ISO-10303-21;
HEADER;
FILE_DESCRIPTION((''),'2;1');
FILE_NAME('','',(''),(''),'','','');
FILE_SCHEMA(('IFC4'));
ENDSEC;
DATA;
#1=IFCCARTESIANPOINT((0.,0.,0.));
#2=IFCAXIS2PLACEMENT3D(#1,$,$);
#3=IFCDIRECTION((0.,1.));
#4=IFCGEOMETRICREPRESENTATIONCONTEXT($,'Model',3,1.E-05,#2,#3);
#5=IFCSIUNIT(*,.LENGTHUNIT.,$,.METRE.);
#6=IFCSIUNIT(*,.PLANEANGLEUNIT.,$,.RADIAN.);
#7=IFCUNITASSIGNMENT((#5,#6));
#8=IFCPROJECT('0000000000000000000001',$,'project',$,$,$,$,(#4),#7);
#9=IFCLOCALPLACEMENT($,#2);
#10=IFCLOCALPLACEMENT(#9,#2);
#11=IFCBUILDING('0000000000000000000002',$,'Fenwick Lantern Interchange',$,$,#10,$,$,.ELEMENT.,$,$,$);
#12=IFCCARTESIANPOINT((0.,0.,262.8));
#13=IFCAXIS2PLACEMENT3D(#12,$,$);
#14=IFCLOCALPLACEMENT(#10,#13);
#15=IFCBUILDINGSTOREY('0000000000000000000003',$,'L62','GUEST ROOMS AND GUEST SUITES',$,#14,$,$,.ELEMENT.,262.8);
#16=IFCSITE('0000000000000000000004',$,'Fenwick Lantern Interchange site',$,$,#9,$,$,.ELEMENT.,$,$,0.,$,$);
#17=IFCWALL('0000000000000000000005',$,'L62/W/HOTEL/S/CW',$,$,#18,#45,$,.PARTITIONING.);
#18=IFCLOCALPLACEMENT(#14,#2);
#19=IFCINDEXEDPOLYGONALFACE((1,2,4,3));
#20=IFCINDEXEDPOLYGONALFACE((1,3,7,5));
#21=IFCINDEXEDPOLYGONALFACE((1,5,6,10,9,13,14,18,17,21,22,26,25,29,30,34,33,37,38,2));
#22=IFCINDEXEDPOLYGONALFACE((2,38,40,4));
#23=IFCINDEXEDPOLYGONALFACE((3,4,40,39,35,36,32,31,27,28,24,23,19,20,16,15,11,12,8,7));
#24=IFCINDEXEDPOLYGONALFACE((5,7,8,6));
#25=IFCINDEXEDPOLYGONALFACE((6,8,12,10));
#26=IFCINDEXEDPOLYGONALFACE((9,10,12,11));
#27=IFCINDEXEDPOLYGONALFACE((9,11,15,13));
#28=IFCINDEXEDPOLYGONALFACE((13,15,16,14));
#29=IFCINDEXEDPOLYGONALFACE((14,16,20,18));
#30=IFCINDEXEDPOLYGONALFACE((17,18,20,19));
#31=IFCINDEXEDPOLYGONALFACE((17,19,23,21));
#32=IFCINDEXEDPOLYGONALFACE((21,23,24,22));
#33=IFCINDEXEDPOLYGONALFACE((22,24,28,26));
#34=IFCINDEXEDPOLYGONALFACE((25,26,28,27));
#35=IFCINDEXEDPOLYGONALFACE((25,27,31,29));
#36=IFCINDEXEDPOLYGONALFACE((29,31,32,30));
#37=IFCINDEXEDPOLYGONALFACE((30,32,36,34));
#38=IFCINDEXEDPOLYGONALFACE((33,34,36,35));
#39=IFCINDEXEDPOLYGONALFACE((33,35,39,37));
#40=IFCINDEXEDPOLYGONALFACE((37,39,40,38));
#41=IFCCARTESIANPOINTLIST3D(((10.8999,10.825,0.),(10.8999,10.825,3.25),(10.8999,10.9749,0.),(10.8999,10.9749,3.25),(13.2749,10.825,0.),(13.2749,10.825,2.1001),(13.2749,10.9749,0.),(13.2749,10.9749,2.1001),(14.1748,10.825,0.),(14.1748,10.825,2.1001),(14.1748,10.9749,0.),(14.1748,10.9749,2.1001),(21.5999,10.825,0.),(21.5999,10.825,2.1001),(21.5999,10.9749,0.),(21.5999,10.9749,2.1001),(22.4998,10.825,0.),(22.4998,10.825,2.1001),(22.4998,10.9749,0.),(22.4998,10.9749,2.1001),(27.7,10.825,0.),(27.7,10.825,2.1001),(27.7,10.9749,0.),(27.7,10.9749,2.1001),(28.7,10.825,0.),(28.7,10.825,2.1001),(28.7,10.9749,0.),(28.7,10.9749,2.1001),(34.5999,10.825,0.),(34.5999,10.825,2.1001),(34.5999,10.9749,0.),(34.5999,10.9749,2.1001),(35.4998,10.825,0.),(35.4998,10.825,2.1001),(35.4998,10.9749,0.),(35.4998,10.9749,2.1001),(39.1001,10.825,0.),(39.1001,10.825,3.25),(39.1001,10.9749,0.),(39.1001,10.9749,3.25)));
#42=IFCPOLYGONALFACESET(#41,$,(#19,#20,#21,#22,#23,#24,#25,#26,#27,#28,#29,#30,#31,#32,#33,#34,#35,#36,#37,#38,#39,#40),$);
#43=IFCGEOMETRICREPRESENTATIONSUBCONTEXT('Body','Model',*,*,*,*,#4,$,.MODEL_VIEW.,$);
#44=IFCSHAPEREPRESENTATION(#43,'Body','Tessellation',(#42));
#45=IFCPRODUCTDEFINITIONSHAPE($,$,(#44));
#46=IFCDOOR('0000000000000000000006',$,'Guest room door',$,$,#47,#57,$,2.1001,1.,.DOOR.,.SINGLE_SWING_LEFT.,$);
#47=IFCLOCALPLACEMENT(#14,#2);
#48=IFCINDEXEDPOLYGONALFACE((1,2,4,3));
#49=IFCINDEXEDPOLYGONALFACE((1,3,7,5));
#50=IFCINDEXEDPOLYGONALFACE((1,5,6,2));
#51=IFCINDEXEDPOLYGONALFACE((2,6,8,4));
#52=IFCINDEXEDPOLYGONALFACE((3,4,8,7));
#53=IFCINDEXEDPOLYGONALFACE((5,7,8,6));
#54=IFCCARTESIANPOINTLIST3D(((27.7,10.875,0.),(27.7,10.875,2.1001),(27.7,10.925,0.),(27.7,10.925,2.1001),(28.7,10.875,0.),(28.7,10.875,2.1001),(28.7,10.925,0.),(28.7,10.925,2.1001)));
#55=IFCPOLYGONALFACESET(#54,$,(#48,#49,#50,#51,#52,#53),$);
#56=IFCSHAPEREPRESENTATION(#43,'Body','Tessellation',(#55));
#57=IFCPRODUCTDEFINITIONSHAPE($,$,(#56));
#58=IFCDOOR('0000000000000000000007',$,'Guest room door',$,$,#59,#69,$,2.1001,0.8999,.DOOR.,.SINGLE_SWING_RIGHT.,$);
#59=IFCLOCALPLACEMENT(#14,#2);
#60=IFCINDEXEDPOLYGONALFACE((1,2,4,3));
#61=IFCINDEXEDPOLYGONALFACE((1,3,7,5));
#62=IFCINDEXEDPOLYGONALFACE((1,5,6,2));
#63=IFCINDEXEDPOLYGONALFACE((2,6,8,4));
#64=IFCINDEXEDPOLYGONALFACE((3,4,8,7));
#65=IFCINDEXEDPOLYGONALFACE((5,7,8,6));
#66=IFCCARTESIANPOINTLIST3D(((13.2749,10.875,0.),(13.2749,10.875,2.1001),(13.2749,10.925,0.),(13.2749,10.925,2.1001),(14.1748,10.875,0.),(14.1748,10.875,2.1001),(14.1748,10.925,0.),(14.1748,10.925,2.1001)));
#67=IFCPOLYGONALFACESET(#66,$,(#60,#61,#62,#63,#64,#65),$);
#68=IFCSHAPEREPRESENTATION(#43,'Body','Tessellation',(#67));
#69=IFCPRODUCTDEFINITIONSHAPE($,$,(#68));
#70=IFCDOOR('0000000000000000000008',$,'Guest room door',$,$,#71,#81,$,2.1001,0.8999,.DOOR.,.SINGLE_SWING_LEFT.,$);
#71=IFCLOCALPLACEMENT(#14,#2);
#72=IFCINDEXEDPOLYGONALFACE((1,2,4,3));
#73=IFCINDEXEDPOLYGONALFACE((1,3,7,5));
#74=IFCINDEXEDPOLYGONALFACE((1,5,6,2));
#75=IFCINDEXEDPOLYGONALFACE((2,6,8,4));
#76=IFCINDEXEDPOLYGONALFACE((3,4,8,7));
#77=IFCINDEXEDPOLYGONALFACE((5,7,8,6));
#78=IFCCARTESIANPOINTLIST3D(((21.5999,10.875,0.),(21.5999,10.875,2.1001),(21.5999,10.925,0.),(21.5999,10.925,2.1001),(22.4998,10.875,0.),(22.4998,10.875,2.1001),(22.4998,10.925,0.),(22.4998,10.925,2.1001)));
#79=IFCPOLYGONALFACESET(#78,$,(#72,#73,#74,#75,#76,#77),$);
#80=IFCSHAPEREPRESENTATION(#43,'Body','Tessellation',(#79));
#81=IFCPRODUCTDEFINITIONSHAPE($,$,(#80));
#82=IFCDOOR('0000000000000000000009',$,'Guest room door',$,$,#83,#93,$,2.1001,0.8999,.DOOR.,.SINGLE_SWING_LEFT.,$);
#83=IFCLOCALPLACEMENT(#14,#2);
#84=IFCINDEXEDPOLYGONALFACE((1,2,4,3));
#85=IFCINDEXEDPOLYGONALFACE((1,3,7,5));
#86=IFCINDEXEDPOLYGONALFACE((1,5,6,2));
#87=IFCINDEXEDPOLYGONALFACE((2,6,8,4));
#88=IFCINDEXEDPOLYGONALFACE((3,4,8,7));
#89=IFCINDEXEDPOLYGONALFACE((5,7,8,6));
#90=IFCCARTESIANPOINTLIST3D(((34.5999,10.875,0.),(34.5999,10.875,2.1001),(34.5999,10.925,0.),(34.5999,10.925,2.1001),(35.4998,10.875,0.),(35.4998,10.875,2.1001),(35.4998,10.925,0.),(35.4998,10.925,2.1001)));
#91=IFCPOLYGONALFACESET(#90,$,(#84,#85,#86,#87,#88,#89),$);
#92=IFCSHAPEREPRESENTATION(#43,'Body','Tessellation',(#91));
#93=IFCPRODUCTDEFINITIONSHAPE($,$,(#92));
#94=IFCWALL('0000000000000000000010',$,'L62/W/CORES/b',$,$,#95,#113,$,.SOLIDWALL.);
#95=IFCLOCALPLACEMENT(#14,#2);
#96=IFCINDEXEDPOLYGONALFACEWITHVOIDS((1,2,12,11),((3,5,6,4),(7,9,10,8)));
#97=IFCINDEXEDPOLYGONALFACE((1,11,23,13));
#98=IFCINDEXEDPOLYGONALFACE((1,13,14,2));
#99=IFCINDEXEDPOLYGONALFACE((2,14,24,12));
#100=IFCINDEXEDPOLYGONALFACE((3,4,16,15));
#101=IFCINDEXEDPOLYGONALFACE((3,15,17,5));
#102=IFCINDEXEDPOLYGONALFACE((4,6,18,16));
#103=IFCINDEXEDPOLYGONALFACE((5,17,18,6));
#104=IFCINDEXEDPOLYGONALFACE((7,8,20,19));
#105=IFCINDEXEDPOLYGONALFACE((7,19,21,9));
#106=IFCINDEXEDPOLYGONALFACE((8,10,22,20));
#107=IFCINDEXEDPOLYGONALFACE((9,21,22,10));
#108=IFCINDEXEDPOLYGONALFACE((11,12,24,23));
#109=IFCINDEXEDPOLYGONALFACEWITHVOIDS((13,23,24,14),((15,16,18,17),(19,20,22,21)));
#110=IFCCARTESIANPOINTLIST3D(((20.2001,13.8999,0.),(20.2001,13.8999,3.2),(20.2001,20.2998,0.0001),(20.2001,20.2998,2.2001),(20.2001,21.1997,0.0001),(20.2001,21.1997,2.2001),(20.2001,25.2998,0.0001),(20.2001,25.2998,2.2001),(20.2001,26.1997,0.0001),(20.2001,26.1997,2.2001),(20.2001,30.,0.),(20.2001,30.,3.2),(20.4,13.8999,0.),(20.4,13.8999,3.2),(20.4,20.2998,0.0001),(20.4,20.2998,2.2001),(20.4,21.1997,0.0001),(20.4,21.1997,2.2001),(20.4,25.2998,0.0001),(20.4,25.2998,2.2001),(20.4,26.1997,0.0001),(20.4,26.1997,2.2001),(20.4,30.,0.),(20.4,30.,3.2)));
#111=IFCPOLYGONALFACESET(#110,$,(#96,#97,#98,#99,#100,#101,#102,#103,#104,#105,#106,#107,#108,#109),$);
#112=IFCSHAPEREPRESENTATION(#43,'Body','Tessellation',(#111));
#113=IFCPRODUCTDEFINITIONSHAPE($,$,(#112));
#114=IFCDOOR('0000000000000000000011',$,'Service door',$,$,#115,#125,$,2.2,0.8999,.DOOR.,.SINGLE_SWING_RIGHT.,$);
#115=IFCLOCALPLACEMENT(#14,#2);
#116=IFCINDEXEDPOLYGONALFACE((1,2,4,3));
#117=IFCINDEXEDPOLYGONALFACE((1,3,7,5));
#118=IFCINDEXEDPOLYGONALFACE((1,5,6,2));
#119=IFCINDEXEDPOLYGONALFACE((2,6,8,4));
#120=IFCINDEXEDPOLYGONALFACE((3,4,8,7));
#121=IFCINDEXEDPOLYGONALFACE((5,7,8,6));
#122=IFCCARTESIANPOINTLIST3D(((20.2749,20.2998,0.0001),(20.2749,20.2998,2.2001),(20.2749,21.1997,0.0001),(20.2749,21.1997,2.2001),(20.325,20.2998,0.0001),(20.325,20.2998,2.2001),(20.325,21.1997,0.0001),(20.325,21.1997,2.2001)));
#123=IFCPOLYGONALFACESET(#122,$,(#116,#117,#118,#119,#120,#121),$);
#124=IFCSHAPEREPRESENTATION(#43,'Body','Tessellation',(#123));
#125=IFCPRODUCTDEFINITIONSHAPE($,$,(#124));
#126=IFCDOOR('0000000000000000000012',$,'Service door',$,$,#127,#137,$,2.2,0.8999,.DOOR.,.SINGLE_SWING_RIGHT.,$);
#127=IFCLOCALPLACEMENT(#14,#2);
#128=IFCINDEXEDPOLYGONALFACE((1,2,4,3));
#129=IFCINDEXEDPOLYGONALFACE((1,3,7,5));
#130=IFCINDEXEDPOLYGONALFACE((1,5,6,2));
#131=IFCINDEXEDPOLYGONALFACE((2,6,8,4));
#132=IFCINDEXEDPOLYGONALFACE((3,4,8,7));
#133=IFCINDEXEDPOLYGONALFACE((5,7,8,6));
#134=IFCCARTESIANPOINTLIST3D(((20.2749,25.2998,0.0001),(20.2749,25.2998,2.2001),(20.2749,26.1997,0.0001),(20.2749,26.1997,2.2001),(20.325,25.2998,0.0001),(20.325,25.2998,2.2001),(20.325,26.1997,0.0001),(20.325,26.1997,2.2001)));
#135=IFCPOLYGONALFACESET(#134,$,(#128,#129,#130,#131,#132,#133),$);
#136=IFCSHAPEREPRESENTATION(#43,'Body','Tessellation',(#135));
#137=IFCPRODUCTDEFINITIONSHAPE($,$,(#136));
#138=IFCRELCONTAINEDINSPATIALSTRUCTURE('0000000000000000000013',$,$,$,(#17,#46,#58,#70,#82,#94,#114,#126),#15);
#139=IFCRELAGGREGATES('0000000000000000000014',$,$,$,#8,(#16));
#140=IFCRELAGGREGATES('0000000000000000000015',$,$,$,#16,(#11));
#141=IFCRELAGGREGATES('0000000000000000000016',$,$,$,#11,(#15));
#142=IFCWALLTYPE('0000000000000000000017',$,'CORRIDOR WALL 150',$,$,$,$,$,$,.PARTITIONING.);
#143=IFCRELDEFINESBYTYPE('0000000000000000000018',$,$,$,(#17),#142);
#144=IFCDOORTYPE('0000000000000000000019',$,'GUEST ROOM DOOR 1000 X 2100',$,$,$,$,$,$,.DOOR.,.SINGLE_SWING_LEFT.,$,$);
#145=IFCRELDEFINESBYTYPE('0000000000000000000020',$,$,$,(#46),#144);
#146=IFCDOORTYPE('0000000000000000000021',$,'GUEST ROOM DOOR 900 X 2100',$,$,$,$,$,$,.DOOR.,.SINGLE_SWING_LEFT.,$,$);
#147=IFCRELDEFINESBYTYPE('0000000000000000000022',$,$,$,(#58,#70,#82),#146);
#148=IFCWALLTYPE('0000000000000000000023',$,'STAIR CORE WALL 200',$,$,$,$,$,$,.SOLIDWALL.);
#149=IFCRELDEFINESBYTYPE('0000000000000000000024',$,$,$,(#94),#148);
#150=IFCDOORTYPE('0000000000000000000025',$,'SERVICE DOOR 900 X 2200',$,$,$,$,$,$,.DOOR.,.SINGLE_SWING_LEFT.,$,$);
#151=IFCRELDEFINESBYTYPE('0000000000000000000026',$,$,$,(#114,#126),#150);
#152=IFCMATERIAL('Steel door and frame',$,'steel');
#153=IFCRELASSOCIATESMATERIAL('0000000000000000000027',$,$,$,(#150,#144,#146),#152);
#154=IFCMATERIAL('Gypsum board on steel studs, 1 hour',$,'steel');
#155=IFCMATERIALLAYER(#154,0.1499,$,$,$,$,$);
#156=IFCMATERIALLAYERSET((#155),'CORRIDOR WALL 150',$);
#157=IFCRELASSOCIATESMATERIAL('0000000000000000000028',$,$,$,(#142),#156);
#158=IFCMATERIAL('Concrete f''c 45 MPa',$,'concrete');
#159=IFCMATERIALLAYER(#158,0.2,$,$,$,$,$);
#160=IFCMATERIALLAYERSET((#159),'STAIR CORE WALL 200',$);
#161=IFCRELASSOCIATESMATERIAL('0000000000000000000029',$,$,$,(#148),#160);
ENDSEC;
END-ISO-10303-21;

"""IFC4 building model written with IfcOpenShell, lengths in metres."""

from ifc_helpers import new_model, si_unit, direction, frame, frame_2d, origin, place, context, subcontext, project, spatial, rectangle, extrude, material, layer, layer_set, type_object, element, fill, save


model = new_model("IFC4")

# Units and contexts
model_context = context("Model", 3, precision=1e-05, world=origin(), true_north=direction((0.0, 1.0)))
body_context = subcontext(model_context, "Body", "Model", "MODEL_VIEW")
ifc_project = project(units=[si_unit("LENGTHUNIT", "METRE"), si_unit("PLANEANGLEUNIT", "RADIAN")], contexts=[model_context])

# Site, building, storey
site_placement = place(None, origin())
site = spatial("IfcSite", under=ifc_project, at=site_placement, Name="Fenwick Lantern Interchange site", CompositionType="ELEMENT", RefElevation=0.0)
building_placement = place(site_placement, origin())
building = spatial("IfcBuilding", under=site, at=building_placement, Name="Fenwick Lantern Interchange", CompositionType="ELEMENT")
storey_placement = place(building_placement, frame((0.0, 0.0, 262.8)))
storey = spatial("IfcBuildingStorey", under=building, at=storey_placement, Name="L62", Description="GUEST ROOMS AND GUEST SUITES", CompositionType="ELEMENT", Elevation=262.8)

# Shared definitions
ifc_material_1 = material(Name="Steel door and frame", Category="steel")
door_type_1 = type_object("IfcDoorType", Name="SERVICE DOOR 900 X 2200", OperationType="SINGLE_SWING_LEFT", PredefinedType="DOOR", material=ifc_material_1)

# Walls, openings, doors
ifc_material_2 = material(Name="Gypsum board on steel studs, 1 hour", Category="steel")
ifc_layer_1 = layer(ifc_material_2, 0.1499)
ifc_layer_set_1 = layer_set([ifc_layer_1], Name="CORRIDOR WALL 150")
wall_type_1 = type_object("IfcWallType", Name="CORRIDOR WALL 150", PredefinedType="PARTITIONING", material=ifc_layer_set_1)
wall_1_placement = place(storey_placement, frame((10.8999, 10.8999, 0.0), z_axis=(0.0, 0.0, 1.0), x_axis=(1.0, 0.0, 0.0)))
wall_1 = element("IfcWall", 1, at=wall_1_placement, inside=storey, type_object=wall_type_1, Name="L62/W/HOTEL/S/CW", PredefinedType="PARTITIONING", context=body_context, shape_type="SweptSolid", body=[
    extrude(rectangle(XDim=28.2002, YDim=0.1499, at=frame_2d((14.1001, 0.0))), origin(), (0.0, 0.0, 1.0), 3.25),
])
opening_1_placement = place(wall_1_placement, frame((2.375, 0.0, 0.0)))
opening_1 = element("IfcOpeningElement", 2, at=opening_1_placement, cuts=wall_1, PredefinedType="OPENING", context=body_context, shape_type="SweptSolid", body=[
    extrude(rectangle(XDim=0.8999, YDim=2.1001, at=frame_2d((0.45, 1.05))), frame((0.0, 0.085, 0.0), z_axis=(0.0, -1.0, 0.0), x_axis=(1.0, 0.0, 0.0)), (0.0, 0.0, 1.0), 0.1699),
])
opening_2_placement = place(wall_1_placement, frame((10.7, 0.0, 0.0)))
opening_2 = element("IfcOpeningElement", 3, at=opening_2_placement, cuts=wall_1, PredefinedType="OPENING", context=body_context, shape_type="SweptSolid", body=[
    extrude(rectangle(XDim=0.8999, YDim=2.1001, at=frame_2d((0.45, 1.05))), frame((0.0, 0.085, 0.0), z_axis=(0.0, -1.0, 0.0), x_axis=(1.0, 0.0, 0.0)), (0.0, 0.0, 1.0), 0.1699),
])
opening_3_placement = place(wall_1_placement, frame((16.8, 0.0, 0.0)))
opening_3 = element("IfcOpeningElement", 4, at=opening_3_placement, cuts=wall_1, PredefinedType="OPENING", context=body_context, shape_type="SweptSolid", body=[
    extrude(rectangle(XDim=1.0, YDim=2.1001, at=frame_2d((0.5, 1.05))), frame((0.0, 0.085, 0.0), z_axis=(0.0, -1.0, 0.0), x_axis=(1.0, 0.0, 0.0)), (0.0, 0.0, 1.0), 0.1699),
])
opening_4_placement = place(wall_1_placement, frame((23.7, 0.0, 0.0)))
opening_4 = element("IfcOpeningElement", 5, at=opening_4_placement, cuts=wall_1, PredefinedType="OPENING", context=body_context, shape_type="SweptSolid", body=[
    extrude(rectangle(XDim=0.8999, YDim=2.1001, at=frame_2d((0.45, 1.05))), frame((0.0, 0.085, 0.0), z_axis=(0.0, -1.0, 0.0), x_axis=(1.0, 0.0, 0.0)), (0.0, 0.0, 1.0), 0.1699),
])
door_type_2 = type_object("IfcDoorType", Name="GUEST ROOM DOOR 1000 X 2100", OperationType="SINGLE_SWING_LEFT", PredefinedType="DOOR", material=ifc_material_1)
door_1_placement = place(opening_3_placement, frame((1.0, 0.0, 0.0), z_axis=(0.0, 0.0, 1.0), x_axis=(-1.0, 0.0, 0.0)))
door_1 = element("IfcDoor", 6, at=door_1_placement, inside=storey, type_object=door_type_2, Name="Guest room door", OperationType="SINGLE_SWING_LEFT", OverallHeight=2.1001, OverallWidth=1.0, PredefinedType="DOOR", context=body_context, shape_type="SweptSolid", body=[
    extrude(rectangle(XDim=1.0, YDim=2.1001, at=frame_2d((0.5, 1.05))), frame((0.0, 0.0249, 0.0), z_axis=(0.0, -1.0, 0.0), x_axis=(1.0, 0.0, 0.0)), (0.0, 0.0, 1.0), 0.05),
])
fill(opening_3, door_1)
door_type_3 = type_object("IfcDoorType", Name="GUEST ROOM DOOR 900 X 2100", OperationType="SINGLE_SWING_LEFT", PredefinedType="DOOR", material=ifc_material_1)
door_2_placement = place(opening_1_placement, frame((0.8999, 0.0, 0.0), z_axis=(0.0, 0.0, 1.0), x_axis=(-1.0, 0.0, 0.0)))
door_2 = element("IfcDoor", 7, at=door_2_placement, inside=storey, type_object=door_type_3, Name="Guest room door", OperationType="SINGLE_SWING_RIGHT", OverallHeight=2.1001, OverallWidth=0.8999, PredefinedType="DOOR", context=body_context, shape_type="SweptSolid", body=[
    extrude(rectangle(XDim=0.8999, YDim=2.1001, at=frame_2d((0.45, 1.05))), frame((0.0, 0.0249, 0.0), z_axis=(0.0, -1.0, 0.0), x_axis=(1.0, 0.0, 0.0)), (0.0, 0.0, 1.0), 0.05),
])
fill(opening_1, door_2)
door_3_placement = place(opening_2_placement, frame((0.8999, 0.0, 0.0), z_axis=(0.0, 0.0, 1.0), x_axis=(-1.0, 0.0, 0.0)))
door_3 = element("IfcDoor", 8, at=door_3_placement, inside=storey, type_object=door_type_3, Name="Guest room door", OperationType="SINGLE_SWING_LEFT", OverallHeight=2.1001, OverallWidth=0.8999, PredefinedType="DOOR", context=body_context, shape_type="SweptSolid", body=[
    extrude(rectangle(XDim=0.8999, YDim=2.1001, at=frame_2d((0.45, 1.05))), frame((0.0, 0.0249, 0.0), z_axis=(0.0, -1.0, 0.0), x_axis=(1.0, 0.0, 0.0)), (0.0, 0.0, 1.0), 0.05),
])
fill(opening_2, door_3)
door_4_placement = place(opening_4_placement, frame((0.8999, 0.0, 0.0), z_axis=(0.0, 0.0, 1.0), x_axis=(-1.0, 0.0, 0.0)))
door_4 = element("IfcDoor", 9, at=door_4_placement, inside=storey, type_object=door_type_3, Name="Guest room door", OperationType="SINGLE_SWING_LEFT", OverallHeight=2.1001, OverallWidth=0.8999, PredefinedType="DOOR", context=body_context, shape_type="SweptSolid", body=[
    extrude(rectangle(XDim=0.8999, YDim=2.1001, at=frame_2d((0.45, 1.05))), frame((0.0, 0.0249, 0.0), z_axis=(0.0, -1.0, 0.0), x_axis=(1.0, 0.0, 0.0)), (0.0, 0.0, 1.0), 0.05),
])
fill(opening_4, door_4)
ifc_material_3 = material(Name="Concrete f'c 45 MPa", Category="concrete")
ifc_layer_2 = layer(ifc_material_3, 0.2)
ifc_layer_set_2 = layer_set([ifc_layer_2], Name="STAIR CORE WALL 200")
wall_type_2 = type_object("IfcWallType", Name="STAIR CORE WALL 200", PredefinedType="SOLIDWALL", material=ifc_layer_set_2)
wall_2_placement = place(storey_placement, frame((20.3, 13.8999, 0.0), z_axis=(0.0, 0.0, 1.0), x_axis=(0.0, 1.0, 0.0)))
wall_2 = element("IfcWall", 10, at=wall_2_placement, inside=storey, type_object=wall_type_2, Name="L62/W/CORES/b", PredefinedType="SOLIDWALL", context=body_context, shape_type="SweptSolid", body=[
    extrude(rectangle(XDim=16.1001, YDim=0.2, at=frame_2d((8.05, 0.0))), origin(), (0.0, 0.0, 1.0), 3.2),
])
opening_5_placement = place(wall_2_placement, frame((6.3999, 0.0, 0.0)))
opening_5 = element("IfcOpeningElement", 11, at=opening_5_placement, cuts=wall_2, PredefinedType="OPENING", context=body_context, shape_type="SweptSolid", body=[
    extrude(rectangle(XDim=0.8999, YDim=2.2, at=frame_2d((0.45, 1.1001))), frame((0.0, 0.1099, 0.0), z_axis=(0.0, -1.0, 0.0), x_axis=(1.0, 0.0, 0.0)), (0.0, 0.0, 1.0), 0.22),
])
opening_6_placement = place(wall_2_placement, frame((11.3999, 0.0, 0.0)))
opening_6 = element("IfcOpeningElement", 12, at=opening_6_placement, cuts=wall_2, PredefinedType="OPENING", context=body_context, shape_type="SweptSolid", body=[
    extrude(rectangle(XDim=0.8999, YDim=2.2, at=frame_2d((0.45, 1.1001))), frame((0.0, 0.1099, 0.0), z_axis=(0.0, -1.0, 0.0), x_axis=(1.0, 0.0, 0.0)), (0.0, 0.0, 1.0), 0.22),
])
door_5_placement = place(opening_5_placement, frame((0.8999, 0.0, 0.0), z_axis=(0.0, 0.0, 1.0), x_axis=(-1.0, 0.0, 0.0)))
door_5 = element("IfcDoor", 13, at=door_5_placement, inside=storey, type_object=door_type_1, Name="Service door", OperationType="SINGLE_SWING_RIGHT", OverallHeight=2.2, OverallWidth=0.8999, PredefinedType="DOOR", context=body_context, shape_type="SweptSolid", body=[
    extrude(rectangle(XDim=0.8999, YDim=2.2, at=frame_2d((0.45, 1.1001))), frame((0.0, 0.0249, 0.0), z_axis=(0.0, -1.0, 0.0), x_axis=(1.0, 0.0, 0.0)), (0.0, 0.0, 1.0), 0.05),
])
fill(opening_5, door_5)
door_6_placement = place(opening_6_placement, frame((0.8999, 0.0, 0.0), z_axis=(0.0, 0.0, 1.0), x_axis=(-1.0, 0.0, 0.0)))
door_6 = element("IfcDoor", 14, at=door_6_placement, inside=storey, type_object=door_type_1, Name="Service door", OperationType="SINGLE_SWING_RIGHT", OverallHeight=2.2, OverallWidth=0.8999, PredefinedType="DOOR", context=body_context, shape_type="SweptSolid", body=[
    extrude(rectangle(XDim=0.8999, YDim=2.2, at=frame_2d((0.45, 1.1001))), frame((0.0, 0.0249, 0.0), z_axis=(0.0, -1.0, 0.0), x_axis=(1.0, 0.0, 0.0)), (0.0, 0.0, 1.0), 0.05),
])
fill(opening_6, door_6)

save(model, "model.ifc")
